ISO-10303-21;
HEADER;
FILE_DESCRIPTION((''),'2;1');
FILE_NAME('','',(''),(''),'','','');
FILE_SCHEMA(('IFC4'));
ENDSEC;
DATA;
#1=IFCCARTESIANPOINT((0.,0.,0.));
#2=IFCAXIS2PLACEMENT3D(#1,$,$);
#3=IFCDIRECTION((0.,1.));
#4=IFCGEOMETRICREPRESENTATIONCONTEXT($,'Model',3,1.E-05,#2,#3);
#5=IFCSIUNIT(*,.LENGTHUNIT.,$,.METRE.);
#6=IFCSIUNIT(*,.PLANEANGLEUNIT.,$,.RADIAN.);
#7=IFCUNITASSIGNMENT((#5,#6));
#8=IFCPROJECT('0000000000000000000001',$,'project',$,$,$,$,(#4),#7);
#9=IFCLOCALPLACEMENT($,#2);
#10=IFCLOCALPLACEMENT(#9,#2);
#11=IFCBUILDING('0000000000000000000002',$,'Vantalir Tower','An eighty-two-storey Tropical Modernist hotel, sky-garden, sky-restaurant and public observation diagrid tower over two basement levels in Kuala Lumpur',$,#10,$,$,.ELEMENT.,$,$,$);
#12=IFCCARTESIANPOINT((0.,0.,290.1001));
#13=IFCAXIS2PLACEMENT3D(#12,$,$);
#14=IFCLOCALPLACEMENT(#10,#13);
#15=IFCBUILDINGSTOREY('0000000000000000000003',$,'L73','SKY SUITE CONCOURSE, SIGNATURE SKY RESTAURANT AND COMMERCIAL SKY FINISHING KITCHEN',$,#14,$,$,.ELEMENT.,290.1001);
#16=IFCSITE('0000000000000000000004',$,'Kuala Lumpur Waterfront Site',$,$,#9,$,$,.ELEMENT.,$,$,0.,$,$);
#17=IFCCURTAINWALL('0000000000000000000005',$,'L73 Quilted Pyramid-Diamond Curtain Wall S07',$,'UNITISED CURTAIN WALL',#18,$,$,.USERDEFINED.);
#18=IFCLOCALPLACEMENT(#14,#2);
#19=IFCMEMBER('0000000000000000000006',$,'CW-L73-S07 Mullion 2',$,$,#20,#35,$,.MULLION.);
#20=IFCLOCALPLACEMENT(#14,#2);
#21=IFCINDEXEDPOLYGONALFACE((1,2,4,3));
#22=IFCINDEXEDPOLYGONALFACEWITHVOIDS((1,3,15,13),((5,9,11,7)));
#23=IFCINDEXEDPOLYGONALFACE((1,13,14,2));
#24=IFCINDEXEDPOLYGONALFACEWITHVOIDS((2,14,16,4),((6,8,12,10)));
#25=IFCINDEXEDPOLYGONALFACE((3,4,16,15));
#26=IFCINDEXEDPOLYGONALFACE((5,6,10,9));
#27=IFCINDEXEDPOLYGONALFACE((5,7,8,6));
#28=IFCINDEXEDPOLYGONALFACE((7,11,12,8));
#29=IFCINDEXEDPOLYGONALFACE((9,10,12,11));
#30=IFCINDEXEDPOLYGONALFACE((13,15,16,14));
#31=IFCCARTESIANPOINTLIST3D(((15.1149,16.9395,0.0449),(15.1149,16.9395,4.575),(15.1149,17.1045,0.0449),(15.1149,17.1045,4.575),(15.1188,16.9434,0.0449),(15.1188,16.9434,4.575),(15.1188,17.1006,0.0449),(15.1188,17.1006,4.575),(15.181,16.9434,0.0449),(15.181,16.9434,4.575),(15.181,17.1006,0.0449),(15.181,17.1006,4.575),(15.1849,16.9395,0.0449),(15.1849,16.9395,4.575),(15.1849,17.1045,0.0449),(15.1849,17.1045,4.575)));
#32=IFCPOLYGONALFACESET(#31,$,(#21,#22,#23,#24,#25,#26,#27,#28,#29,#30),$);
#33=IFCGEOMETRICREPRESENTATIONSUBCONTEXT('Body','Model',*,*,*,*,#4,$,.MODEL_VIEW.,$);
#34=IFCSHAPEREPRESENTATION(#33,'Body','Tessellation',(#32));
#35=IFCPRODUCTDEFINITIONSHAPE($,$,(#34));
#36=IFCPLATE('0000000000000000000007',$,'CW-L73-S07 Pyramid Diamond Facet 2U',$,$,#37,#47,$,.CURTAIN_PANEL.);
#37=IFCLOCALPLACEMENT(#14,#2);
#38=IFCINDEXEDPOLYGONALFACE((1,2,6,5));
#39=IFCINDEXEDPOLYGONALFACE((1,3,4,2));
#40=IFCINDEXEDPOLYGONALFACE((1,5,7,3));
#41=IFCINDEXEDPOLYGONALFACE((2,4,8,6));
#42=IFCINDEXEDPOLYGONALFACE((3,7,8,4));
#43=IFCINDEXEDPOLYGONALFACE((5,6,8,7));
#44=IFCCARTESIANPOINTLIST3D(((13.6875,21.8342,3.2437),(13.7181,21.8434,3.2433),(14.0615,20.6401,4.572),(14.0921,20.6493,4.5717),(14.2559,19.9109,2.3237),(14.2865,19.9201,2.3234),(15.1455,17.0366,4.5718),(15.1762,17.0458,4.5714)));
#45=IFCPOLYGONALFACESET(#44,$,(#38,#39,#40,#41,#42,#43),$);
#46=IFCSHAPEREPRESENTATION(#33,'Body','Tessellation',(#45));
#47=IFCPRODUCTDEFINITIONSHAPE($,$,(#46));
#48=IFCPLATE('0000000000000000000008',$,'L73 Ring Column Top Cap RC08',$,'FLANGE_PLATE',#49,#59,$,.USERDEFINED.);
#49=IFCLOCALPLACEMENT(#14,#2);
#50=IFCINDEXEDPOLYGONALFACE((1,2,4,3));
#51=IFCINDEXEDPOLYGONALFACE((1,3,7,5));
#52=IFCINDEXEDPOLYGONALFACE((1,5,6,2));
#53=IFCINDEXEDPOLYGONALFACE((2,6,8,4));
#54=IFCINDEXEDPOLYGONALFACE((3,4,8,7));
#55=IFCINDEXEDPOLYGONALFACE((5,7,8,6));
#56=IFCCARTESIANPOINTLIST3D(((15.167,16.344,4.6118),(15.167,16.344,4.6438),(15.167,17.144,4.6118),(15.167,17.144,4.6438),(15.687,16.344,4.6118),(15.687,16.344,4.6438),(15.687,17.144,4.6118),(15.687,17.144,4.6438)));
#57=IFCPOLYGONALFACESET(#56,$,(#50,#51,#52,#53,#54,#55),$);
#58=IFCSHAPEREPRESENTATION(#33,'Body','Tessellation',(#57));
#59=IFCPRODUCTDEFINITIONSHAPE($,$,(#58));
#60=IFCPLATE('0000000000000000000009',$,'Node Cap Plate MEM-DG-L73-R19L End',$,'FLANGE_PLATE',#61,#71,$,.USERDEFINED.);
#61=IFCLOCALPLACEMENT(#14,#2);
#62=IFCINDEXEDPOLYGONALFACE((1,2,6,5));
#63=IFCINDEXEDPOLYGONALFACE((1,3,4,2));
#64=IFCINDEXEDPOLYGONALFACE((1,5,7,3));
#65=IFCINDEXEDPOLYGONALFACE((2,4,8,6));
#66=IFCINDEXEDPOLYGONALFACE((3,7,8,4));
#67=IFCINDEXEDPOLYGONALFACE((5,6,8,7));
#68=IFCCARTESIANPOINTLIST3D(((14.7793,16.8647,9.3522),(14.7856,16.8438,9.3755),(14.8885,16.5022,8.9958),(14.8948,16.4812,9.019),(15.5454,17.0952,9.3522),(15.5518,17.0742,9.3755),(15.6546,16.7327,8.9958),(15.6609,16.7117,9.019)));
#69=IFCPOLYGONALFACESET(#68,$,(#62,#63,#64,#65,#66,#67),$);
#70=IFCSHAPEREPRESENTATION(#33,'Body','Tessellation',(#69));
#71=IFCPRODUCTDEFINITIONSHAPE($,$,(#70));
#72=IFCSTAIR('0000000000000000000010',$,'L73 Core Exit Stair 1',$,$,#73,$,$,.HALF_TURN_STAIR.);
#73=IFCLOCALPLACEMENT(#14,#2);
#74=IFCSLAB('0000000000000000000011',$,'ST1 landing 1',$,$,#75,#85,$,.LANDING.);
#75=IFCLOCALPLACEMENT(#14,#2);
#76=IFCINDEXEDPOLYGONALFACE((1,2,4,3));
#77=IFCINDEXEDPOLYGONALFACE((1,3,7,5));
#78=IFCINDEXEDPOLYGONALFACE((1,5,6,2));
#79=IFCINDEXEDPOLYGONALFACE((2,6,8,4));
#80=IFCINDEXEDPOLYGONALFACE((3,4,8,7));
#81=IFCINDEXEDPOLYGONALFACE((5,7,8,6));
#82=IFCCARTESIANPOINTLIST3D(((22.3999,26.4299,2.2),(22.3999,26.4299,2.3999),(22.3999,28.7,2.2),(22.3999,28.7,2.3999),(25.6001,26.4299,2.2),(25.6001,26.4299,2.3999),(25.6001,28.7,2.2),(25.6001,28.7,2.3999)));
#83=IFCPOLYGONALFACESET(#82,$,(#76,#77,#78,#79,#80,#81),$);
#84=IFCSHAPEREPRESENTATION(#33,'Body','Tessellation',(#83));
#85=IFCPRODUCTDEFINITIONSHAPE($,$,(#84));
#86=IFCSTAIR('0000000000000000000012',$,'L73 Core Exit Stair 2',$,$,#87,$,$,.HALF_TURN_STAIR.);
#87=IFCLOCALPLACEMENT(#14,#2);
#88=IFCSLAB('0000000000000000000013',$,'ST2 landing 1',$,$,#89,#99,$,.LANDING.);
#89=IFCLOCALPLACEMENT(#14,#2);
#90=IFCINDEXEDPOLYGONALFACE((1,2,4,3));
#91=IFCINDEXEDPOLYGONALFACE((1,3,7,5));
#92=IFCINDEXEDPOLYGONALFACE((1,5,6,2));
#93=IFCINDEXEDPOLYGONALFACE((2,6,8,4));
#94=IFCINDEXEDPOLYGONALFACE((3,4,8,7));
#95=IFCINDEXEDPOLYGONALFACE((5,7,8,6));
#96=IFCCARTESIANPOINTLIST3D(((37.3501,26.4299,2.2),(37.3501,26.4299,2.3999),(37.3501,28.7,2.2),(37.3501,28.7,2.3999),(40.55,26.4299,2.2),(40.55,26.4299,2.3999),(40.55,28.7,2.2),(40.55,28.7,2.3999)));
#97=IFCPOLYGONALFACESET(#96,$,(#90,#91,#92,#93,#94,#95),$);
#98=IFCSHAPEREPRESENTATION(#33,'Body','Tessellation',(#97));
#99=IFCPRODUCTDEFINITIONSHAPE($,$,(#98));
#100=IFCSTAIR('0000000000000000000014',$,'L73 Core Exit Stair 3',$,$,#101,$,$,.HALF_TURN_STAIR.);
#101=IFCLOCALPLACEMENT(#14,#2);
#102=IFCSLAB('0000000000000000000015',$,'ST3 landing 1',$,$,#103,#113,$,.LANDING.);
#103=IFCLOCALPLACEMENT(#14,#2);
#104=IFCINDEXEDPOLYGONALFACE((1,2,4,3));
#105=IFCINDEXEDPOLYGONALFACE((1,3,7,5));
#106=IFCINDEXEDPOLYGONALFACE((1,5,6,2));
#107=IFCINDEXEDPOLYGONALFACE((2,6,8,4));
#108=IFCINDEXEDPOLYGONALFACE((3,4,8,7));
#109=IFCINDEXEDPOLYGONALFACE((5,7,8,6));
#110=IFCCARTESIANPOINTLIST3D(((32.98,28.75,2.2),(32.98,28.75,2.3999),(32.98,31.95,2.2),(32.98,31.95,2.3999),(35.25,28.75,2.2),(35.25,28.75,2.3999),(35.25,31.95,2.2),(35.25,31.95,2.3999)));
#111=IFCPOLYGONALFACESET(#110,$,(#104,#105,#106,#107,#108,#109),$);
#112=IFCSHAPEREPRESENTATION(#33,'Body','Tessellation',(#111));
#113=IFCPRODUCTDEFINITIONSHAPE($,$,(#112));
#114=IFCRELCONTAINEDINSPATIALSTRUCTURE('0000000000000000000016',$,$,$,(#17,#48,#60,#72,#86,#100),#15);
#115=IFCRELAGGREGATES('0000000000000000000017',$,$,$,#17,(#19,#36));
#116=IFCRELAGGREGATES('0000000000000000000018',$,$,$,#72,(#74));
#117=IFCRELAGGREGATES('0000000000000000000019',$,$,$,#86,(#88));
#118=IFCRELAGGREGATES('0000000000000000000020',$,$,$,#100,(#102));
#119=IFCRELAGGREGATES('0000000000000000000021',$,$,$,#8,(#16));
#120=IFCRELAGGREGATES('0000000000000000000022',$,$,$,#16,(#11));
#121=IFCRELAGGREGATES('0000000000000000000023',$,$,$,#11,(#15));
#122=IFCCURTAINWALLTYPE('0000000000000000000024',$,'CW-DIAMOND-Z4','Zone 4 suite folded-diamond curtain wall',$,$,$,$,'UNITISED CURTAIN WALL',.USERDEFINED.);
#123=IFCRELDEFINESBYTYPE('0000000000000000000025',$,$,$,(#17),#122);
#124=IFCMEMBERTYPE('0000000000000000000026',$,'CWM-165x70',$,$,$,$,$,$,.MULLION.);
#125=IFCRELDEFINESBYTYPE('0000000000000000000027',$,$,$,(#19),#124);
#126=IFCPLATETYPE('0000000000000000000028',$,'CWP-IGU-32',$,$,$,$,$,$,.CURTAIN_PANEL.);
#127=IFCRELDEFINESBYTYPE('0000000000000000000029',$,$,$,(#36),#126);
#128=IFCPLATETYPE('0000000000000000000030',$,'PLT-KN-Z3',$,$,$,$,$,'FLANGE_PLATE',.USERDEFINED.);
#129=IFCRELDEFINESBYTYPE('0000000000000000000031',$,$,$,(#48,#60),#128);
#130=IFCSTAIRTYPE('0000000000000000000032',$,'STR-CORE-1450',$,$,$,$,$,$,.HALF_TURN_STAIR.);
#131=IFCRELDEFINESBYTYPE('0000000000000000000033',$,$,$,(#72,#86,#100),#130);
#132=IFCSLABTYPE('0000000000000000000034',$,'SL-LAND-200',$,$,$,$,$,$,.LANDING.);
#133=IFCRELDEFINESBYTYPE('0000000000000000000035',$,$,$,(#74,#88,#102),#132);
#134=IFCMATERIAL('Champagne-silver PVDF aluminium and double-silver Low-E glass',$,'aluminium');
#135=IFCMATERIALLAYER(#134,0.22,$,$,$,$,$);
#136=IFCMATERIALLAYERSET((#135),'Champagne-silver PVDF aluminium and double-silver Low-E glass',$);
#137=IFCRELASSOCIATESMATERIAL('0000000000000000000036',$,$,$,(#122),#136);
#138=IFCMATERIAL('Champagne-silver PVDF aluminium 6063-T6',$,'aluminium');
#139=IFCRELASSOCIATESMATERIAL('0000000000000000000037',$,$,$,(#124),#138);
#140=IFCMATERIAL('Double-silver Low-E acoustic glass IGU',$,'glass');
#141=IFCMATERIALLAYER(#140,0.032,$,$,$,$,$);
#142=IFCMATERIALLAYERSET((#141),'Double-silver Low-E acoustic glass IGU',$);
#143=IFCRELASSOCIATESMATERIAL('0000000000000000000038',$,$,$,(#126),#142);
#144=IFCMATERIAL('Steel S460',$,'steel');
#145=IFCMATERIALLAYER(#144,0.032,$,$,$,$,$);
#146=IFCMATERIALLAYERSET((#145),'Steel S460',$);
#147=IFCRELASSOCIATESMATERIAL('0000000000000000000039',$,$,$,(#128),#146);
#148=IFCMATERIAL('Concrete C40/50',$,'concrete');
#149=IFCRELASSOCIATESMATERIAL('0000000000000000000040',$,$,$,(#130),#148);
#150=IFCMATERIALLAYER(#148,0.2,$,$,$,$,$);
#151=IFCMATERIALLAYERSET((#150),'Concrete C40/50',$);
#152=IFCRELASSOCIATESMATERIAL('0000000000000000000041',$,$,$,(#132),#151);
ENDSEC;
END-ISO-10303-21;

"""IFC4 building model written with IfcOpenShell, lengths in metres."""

from ifc_helpers import new_model, si_unit, direction, frame, origin, origin_2d, place, context, subcontext, project, spatial, polyline, hollow_rectangle, outline, extrude, material, layer, layer_set, material_profile, profile_set, type_object, element, aggregate, save


model = new_model("IFC4")

# Units and contexts
model_context = context("Model", 3, precision=1e-05, world=origin(), true_north=direction((0.0, 1.0)))
body_context = subcontext(model_context, "Body", "Model", "MODEL_VIEW")
ifc_project = project(units=[si_unit("LENGTHUNIT", "METRE"), si_unit("PLANEANGLEUNIT", "RADIAN")], contexts=[model_context])

# Site, building, storey
site_placement = place(None, origin())
site = spatial("IfcSite", under=ifc_project, at=site_placement, Name="Kuala Lumpur Waterfront Site", CompositionType="ELEMENT", RefElevation=0.0)
building_placement = place(site_placement, origin())
building = spatial("IfcBuilding", under=site, at=building_placement, Name="Vantalir Tower", Description="An eighty-two-storey Tropical Modernist hotel, sky-garden, sky-restaurant and public observation diagrid tower over two basement levels in Kuala Lumpur", CompositionType="ELEMENT")
storey_placement = place(building_placement, frame((0.0, 0.0, 290.1001)))
storey = spatial("IfcBuildingStorey", under=building, at=storey_placement, Name="L73", Description="SKY SUITE CONCOURSE, SIGNATURE SKY RESTAURANT AND COMMERCIAL SKY FINISHING KITCHEN", CompositionType="ELEMENT", Elevation=290.1001)

# Curtain wall, member, plate
ifc_material_1 = material(Name="Champagne-silver PVDF aluminium and double-silver Low-E glass", Category="aluminium")
ifc_layer_1 = layer(ifc_material_1, 0.22)
ifc_layer_set_1 = layer_set([ifc_layer_1], Name="Champagne-silver PVDF aluminium and double-silver Low-E glass")
curtain_wall_type = type_object("IfcCurtainWallType", Name="CW-DIAMOND-Z4", Description="Zone 4 suite folded-diamond curtain wall", ElementType="UNITISED CURTAIN WALL", PredefinedType="USERDEFINED", material=ifc_layer_set_1)
curtain_wall_placement = place(storey_placement, origin())
curtain_wall = element("IfcCurtainWall", 1, at=curtain_wall_placement, inside=storey, type_object=curtain_wall_type, Name="L73 Quilted Pyramid-Diamond Curtain Wall S07", ObjectType="UNITISED CURTAIN WALL", PredefinedType="USERDEFINED")
ifc_material_2 = material(Name="Champagne-silver PVDF aluminium 6063-T6", Category="aluminium")
ifc_material_profile = material_profile(ifc_material_2, hollow_rectangle(XDim=0.0701, YDim=0.165, WallThickness=0.0039, at=origin_2d()), Name="Champagne-silver PVDF aluminium 6063-T6")
ifc_profile_set = profile_set([ifc_material_profile], Name="Champagne-silver PVDF aluminium 6063-T6")
member_type = type_object("IfcMemberType", Name="CWM-165x70", PredefinedType="MULLION", material=ifc_profile_set)
member_placement = place(storey_placement, frame((15.1499, 17.022, 0.0449), z_axis=(0.0, 0.0, 1.0), x_axis=(1.0, 0.0, 0.0)))
member = element("IfcMember", 2, at=member_placement, type_object=member_type, Name="CW-L73-S07 Mullion 2", PredefinedType="MULLION", context=body_context, shape_type="SweptSolid", body=[
    extrude(hollow_rectangle(XDim=0.0701, YDim=0.165, WallThickness=0.0039, at=origin_2d()), origin(), (0.0, 0.0, 1.0), 4.53),
])
ifc_material_3 = material(Name="Double-silver Low-E acoustic glass IGU", Category="glass")
ifc_layer_2 = layer(ifc_material_3, 0.032)
ifc_layer_set_2 = layer_set([ifc_layer_2], Name="Double-silver Low-E acoustic glass IGU")
plate_type_1 = type_object("IfcPlateType", Name="CWP-IGU-32", PredefinedType="CURTAIN_PANEL", material=ifc_layer_set_2)
plate_1_placement = place(storey_placement, frame((14.0615, 20.6401, 4.572), z_axis=(-0.957555, -0.288052, 0.010663), x_axis=(0.288068, -0.95761, -0.000065)))
plate_1 = element("IfcPlate", 3, at=plate_1_placement, type_object=plate_type_1, Name="CW-L73-S07 Pyramid Diamond Facet 2U", PredefinedType="CURTAIN_PANEL", context=body_context, shape_type="SweptSolid", body=[
    extrude(outline(polyline([(0.0, 0.0), (3.763, 0.0), (0.7545, -2.2484), (-1.2511, -1.3285), (0.0, 0.0)])), origin(), (0.0, 0.0, -1.0), 0.032),
])
aggregate(curtain_wall, [member, plate_1])

# Plates
ifc_material_4 = material(Name="Steel S460", Category="steel")
ifc_layer_3 = layer(ifc_material_4, 0.032)
ifc_layer_set_3 = layer_set([ifc_layer_3], Name="Steel S460")
plate_type_2 = type_object("IfcPlateType", Name="PLT-KN-Z3", ElementType="FLANGE_PLATE", PredefinedType="USERDEFINED", material=ifc_layer_set_3)
plate_2_placement = place(storey_placement, frame((15.167, 17.144, 4.6438), z_axis=(0.0, 0.0, 1.0), x_axis=(0.0, -1.0, 0.0)))
element("IfcPlate", 4, at=plate_2_placement, inside=storey, type_object=plate_type_2, Name="L73 Ring Column Top Cap RC08", ObjectType="FLANGE_PLATE", PredefinedType="USERDEFINED", context=body_context, shape_type="SweptSolid", body=[
    extrude(outline(polyline([(0.0, 0.0), (0.8, 0.0), (0.8, 0.52), (0.0, 0.52), (0.0, 0.0)])), origin(), (0.0, 0.0, -1.0), 0.032),
])
plate_3_placement = place(storey_placement, frame((14.8948, 16.4812, 9.019), z_axis=(0.197466, -0.656408, 0.728105), x_axis=(0.957608, 0.288076, 0.0)))
element("IfcPlate", 5, at=plate_3_placement, inside=storey, type_object=plate_type_2, Name="Node Cap Plate MEM-DG-L73-R19L End", ObjectType="FLANGE_PLATE", PredefinedType="USERDEFINED", context=body_context, shape_type="SweptSolid", body=[
    extrude(outline(polyline([(0.0, 0.0), (0.8, 0.0), (0.8, 0.52), (-0.0001, 0.52), (0.0, 0.0)])), origin(), (0.0, 0.0, -1.0), 0.032),
])

# Stairs, slabs
ifc_material_5 = material(Name="Concrete C40/50", Category="concrete")
stair_type = type_object("IfcStairType", Name="STR-CORE-1450", PredefinedType="HALF_TURN_STAIR", material=ifc_material_5)
stair_1_placement = place(storey_placement, origin())
stair_1 = element("IfcStair", 6, at=stair_1_placement, inside=storey, type_object=stair_type, Name="L73 Core Exit Stair 1", PredefinedType="HALF_TURN_STAIR")
ifc_layer_4 = layer(ifc_material_5, 0.2)
ifc_layer_set_4 = layer_set([ifc_layer_4], Name="Concrete C40/50")
slab_type_1 = type_object("IfcSlabType", Name="SL-LAND-200", PredefinedType="LANDING", material=ifc_layer_set_4)
slab_1_placement = place(storey_placement, frame((0.0, 0.0, 2.2)))
slab_1 = element("IfcSlab", 7, at=slab_1_placement, type_object=slab_type_1, Name="ST1 landing 1", PredefinedType="LANDING", context=body_context, shape_type="SweptSolid", body=[
    extrude(outline(polyline([(25.6001, 26.4299), (25.6001, 28.7), (22.3999, 28.7), (22.3999, 26.4299), (25.6001, 26.4299)])), origin(), (0.0, 0.0, 1.0), 0.2),
])
aggregate(stair_1, [slab_1])
stair_2_placement = place(storey_placement, origin())
stair_2 = element("IfcStair", 8, at=stair_2_placement, inside=storey, type_object=stair_type, Name="L73 Core Exit Stair 2", PredefinedType="HALF_TURN_STAIR")
slab_2_placement = place(storey_placement, frame((0.0, 0.0, 2.2)))
slab_2 = element("IfcSlab", 9, at=slab_2_placement, type_object=slab_type_1, Name="ST2 landing 1", PredefinedType="LANDING", context=body_context, shape_type="SweptSolid", body=[
    extrude(outline(polyline([(40.55, 26.4299), (40.55, 28.7), (37.3501, 28.7), (37.3501, 26.4299), (40.55, 26.4299)])), origin(), (0.0, 0.0, 1.0), 0.2),
])
aggregate(stair_2, [slab_2])
stair_3_placement = place(storey_placement, origin())
stair_3 = element("IfcStair", 10, at=stair_3_placement, inside=storey, type_object=stair_type, Name="L73 Core Exit Stair 3", PredefinedType="HALF_TURN_STAIR")
slab_3_placement = place(storey_placement, frame((0.0, 0.0, 2.2)))
slab_3 = element("IfcSlab", 11, at=slab_3_placement, type_object=slab_type_1, Name="ST3 landing 1", PredefinedType="LANDING", context=body_context, shape_type="SweptSolid", body=[
    extrude(outline(polyline([(32.98, 28.75), (35.25, 28.75), (35.25, 31.95), (32.98, 31.95), (32.98, 28.75)])), origin(), (0.0, 0.0, 1.0), 0.2),
])
aggregate(stair_3, [slab_3])

save(model, "model.ifc")
